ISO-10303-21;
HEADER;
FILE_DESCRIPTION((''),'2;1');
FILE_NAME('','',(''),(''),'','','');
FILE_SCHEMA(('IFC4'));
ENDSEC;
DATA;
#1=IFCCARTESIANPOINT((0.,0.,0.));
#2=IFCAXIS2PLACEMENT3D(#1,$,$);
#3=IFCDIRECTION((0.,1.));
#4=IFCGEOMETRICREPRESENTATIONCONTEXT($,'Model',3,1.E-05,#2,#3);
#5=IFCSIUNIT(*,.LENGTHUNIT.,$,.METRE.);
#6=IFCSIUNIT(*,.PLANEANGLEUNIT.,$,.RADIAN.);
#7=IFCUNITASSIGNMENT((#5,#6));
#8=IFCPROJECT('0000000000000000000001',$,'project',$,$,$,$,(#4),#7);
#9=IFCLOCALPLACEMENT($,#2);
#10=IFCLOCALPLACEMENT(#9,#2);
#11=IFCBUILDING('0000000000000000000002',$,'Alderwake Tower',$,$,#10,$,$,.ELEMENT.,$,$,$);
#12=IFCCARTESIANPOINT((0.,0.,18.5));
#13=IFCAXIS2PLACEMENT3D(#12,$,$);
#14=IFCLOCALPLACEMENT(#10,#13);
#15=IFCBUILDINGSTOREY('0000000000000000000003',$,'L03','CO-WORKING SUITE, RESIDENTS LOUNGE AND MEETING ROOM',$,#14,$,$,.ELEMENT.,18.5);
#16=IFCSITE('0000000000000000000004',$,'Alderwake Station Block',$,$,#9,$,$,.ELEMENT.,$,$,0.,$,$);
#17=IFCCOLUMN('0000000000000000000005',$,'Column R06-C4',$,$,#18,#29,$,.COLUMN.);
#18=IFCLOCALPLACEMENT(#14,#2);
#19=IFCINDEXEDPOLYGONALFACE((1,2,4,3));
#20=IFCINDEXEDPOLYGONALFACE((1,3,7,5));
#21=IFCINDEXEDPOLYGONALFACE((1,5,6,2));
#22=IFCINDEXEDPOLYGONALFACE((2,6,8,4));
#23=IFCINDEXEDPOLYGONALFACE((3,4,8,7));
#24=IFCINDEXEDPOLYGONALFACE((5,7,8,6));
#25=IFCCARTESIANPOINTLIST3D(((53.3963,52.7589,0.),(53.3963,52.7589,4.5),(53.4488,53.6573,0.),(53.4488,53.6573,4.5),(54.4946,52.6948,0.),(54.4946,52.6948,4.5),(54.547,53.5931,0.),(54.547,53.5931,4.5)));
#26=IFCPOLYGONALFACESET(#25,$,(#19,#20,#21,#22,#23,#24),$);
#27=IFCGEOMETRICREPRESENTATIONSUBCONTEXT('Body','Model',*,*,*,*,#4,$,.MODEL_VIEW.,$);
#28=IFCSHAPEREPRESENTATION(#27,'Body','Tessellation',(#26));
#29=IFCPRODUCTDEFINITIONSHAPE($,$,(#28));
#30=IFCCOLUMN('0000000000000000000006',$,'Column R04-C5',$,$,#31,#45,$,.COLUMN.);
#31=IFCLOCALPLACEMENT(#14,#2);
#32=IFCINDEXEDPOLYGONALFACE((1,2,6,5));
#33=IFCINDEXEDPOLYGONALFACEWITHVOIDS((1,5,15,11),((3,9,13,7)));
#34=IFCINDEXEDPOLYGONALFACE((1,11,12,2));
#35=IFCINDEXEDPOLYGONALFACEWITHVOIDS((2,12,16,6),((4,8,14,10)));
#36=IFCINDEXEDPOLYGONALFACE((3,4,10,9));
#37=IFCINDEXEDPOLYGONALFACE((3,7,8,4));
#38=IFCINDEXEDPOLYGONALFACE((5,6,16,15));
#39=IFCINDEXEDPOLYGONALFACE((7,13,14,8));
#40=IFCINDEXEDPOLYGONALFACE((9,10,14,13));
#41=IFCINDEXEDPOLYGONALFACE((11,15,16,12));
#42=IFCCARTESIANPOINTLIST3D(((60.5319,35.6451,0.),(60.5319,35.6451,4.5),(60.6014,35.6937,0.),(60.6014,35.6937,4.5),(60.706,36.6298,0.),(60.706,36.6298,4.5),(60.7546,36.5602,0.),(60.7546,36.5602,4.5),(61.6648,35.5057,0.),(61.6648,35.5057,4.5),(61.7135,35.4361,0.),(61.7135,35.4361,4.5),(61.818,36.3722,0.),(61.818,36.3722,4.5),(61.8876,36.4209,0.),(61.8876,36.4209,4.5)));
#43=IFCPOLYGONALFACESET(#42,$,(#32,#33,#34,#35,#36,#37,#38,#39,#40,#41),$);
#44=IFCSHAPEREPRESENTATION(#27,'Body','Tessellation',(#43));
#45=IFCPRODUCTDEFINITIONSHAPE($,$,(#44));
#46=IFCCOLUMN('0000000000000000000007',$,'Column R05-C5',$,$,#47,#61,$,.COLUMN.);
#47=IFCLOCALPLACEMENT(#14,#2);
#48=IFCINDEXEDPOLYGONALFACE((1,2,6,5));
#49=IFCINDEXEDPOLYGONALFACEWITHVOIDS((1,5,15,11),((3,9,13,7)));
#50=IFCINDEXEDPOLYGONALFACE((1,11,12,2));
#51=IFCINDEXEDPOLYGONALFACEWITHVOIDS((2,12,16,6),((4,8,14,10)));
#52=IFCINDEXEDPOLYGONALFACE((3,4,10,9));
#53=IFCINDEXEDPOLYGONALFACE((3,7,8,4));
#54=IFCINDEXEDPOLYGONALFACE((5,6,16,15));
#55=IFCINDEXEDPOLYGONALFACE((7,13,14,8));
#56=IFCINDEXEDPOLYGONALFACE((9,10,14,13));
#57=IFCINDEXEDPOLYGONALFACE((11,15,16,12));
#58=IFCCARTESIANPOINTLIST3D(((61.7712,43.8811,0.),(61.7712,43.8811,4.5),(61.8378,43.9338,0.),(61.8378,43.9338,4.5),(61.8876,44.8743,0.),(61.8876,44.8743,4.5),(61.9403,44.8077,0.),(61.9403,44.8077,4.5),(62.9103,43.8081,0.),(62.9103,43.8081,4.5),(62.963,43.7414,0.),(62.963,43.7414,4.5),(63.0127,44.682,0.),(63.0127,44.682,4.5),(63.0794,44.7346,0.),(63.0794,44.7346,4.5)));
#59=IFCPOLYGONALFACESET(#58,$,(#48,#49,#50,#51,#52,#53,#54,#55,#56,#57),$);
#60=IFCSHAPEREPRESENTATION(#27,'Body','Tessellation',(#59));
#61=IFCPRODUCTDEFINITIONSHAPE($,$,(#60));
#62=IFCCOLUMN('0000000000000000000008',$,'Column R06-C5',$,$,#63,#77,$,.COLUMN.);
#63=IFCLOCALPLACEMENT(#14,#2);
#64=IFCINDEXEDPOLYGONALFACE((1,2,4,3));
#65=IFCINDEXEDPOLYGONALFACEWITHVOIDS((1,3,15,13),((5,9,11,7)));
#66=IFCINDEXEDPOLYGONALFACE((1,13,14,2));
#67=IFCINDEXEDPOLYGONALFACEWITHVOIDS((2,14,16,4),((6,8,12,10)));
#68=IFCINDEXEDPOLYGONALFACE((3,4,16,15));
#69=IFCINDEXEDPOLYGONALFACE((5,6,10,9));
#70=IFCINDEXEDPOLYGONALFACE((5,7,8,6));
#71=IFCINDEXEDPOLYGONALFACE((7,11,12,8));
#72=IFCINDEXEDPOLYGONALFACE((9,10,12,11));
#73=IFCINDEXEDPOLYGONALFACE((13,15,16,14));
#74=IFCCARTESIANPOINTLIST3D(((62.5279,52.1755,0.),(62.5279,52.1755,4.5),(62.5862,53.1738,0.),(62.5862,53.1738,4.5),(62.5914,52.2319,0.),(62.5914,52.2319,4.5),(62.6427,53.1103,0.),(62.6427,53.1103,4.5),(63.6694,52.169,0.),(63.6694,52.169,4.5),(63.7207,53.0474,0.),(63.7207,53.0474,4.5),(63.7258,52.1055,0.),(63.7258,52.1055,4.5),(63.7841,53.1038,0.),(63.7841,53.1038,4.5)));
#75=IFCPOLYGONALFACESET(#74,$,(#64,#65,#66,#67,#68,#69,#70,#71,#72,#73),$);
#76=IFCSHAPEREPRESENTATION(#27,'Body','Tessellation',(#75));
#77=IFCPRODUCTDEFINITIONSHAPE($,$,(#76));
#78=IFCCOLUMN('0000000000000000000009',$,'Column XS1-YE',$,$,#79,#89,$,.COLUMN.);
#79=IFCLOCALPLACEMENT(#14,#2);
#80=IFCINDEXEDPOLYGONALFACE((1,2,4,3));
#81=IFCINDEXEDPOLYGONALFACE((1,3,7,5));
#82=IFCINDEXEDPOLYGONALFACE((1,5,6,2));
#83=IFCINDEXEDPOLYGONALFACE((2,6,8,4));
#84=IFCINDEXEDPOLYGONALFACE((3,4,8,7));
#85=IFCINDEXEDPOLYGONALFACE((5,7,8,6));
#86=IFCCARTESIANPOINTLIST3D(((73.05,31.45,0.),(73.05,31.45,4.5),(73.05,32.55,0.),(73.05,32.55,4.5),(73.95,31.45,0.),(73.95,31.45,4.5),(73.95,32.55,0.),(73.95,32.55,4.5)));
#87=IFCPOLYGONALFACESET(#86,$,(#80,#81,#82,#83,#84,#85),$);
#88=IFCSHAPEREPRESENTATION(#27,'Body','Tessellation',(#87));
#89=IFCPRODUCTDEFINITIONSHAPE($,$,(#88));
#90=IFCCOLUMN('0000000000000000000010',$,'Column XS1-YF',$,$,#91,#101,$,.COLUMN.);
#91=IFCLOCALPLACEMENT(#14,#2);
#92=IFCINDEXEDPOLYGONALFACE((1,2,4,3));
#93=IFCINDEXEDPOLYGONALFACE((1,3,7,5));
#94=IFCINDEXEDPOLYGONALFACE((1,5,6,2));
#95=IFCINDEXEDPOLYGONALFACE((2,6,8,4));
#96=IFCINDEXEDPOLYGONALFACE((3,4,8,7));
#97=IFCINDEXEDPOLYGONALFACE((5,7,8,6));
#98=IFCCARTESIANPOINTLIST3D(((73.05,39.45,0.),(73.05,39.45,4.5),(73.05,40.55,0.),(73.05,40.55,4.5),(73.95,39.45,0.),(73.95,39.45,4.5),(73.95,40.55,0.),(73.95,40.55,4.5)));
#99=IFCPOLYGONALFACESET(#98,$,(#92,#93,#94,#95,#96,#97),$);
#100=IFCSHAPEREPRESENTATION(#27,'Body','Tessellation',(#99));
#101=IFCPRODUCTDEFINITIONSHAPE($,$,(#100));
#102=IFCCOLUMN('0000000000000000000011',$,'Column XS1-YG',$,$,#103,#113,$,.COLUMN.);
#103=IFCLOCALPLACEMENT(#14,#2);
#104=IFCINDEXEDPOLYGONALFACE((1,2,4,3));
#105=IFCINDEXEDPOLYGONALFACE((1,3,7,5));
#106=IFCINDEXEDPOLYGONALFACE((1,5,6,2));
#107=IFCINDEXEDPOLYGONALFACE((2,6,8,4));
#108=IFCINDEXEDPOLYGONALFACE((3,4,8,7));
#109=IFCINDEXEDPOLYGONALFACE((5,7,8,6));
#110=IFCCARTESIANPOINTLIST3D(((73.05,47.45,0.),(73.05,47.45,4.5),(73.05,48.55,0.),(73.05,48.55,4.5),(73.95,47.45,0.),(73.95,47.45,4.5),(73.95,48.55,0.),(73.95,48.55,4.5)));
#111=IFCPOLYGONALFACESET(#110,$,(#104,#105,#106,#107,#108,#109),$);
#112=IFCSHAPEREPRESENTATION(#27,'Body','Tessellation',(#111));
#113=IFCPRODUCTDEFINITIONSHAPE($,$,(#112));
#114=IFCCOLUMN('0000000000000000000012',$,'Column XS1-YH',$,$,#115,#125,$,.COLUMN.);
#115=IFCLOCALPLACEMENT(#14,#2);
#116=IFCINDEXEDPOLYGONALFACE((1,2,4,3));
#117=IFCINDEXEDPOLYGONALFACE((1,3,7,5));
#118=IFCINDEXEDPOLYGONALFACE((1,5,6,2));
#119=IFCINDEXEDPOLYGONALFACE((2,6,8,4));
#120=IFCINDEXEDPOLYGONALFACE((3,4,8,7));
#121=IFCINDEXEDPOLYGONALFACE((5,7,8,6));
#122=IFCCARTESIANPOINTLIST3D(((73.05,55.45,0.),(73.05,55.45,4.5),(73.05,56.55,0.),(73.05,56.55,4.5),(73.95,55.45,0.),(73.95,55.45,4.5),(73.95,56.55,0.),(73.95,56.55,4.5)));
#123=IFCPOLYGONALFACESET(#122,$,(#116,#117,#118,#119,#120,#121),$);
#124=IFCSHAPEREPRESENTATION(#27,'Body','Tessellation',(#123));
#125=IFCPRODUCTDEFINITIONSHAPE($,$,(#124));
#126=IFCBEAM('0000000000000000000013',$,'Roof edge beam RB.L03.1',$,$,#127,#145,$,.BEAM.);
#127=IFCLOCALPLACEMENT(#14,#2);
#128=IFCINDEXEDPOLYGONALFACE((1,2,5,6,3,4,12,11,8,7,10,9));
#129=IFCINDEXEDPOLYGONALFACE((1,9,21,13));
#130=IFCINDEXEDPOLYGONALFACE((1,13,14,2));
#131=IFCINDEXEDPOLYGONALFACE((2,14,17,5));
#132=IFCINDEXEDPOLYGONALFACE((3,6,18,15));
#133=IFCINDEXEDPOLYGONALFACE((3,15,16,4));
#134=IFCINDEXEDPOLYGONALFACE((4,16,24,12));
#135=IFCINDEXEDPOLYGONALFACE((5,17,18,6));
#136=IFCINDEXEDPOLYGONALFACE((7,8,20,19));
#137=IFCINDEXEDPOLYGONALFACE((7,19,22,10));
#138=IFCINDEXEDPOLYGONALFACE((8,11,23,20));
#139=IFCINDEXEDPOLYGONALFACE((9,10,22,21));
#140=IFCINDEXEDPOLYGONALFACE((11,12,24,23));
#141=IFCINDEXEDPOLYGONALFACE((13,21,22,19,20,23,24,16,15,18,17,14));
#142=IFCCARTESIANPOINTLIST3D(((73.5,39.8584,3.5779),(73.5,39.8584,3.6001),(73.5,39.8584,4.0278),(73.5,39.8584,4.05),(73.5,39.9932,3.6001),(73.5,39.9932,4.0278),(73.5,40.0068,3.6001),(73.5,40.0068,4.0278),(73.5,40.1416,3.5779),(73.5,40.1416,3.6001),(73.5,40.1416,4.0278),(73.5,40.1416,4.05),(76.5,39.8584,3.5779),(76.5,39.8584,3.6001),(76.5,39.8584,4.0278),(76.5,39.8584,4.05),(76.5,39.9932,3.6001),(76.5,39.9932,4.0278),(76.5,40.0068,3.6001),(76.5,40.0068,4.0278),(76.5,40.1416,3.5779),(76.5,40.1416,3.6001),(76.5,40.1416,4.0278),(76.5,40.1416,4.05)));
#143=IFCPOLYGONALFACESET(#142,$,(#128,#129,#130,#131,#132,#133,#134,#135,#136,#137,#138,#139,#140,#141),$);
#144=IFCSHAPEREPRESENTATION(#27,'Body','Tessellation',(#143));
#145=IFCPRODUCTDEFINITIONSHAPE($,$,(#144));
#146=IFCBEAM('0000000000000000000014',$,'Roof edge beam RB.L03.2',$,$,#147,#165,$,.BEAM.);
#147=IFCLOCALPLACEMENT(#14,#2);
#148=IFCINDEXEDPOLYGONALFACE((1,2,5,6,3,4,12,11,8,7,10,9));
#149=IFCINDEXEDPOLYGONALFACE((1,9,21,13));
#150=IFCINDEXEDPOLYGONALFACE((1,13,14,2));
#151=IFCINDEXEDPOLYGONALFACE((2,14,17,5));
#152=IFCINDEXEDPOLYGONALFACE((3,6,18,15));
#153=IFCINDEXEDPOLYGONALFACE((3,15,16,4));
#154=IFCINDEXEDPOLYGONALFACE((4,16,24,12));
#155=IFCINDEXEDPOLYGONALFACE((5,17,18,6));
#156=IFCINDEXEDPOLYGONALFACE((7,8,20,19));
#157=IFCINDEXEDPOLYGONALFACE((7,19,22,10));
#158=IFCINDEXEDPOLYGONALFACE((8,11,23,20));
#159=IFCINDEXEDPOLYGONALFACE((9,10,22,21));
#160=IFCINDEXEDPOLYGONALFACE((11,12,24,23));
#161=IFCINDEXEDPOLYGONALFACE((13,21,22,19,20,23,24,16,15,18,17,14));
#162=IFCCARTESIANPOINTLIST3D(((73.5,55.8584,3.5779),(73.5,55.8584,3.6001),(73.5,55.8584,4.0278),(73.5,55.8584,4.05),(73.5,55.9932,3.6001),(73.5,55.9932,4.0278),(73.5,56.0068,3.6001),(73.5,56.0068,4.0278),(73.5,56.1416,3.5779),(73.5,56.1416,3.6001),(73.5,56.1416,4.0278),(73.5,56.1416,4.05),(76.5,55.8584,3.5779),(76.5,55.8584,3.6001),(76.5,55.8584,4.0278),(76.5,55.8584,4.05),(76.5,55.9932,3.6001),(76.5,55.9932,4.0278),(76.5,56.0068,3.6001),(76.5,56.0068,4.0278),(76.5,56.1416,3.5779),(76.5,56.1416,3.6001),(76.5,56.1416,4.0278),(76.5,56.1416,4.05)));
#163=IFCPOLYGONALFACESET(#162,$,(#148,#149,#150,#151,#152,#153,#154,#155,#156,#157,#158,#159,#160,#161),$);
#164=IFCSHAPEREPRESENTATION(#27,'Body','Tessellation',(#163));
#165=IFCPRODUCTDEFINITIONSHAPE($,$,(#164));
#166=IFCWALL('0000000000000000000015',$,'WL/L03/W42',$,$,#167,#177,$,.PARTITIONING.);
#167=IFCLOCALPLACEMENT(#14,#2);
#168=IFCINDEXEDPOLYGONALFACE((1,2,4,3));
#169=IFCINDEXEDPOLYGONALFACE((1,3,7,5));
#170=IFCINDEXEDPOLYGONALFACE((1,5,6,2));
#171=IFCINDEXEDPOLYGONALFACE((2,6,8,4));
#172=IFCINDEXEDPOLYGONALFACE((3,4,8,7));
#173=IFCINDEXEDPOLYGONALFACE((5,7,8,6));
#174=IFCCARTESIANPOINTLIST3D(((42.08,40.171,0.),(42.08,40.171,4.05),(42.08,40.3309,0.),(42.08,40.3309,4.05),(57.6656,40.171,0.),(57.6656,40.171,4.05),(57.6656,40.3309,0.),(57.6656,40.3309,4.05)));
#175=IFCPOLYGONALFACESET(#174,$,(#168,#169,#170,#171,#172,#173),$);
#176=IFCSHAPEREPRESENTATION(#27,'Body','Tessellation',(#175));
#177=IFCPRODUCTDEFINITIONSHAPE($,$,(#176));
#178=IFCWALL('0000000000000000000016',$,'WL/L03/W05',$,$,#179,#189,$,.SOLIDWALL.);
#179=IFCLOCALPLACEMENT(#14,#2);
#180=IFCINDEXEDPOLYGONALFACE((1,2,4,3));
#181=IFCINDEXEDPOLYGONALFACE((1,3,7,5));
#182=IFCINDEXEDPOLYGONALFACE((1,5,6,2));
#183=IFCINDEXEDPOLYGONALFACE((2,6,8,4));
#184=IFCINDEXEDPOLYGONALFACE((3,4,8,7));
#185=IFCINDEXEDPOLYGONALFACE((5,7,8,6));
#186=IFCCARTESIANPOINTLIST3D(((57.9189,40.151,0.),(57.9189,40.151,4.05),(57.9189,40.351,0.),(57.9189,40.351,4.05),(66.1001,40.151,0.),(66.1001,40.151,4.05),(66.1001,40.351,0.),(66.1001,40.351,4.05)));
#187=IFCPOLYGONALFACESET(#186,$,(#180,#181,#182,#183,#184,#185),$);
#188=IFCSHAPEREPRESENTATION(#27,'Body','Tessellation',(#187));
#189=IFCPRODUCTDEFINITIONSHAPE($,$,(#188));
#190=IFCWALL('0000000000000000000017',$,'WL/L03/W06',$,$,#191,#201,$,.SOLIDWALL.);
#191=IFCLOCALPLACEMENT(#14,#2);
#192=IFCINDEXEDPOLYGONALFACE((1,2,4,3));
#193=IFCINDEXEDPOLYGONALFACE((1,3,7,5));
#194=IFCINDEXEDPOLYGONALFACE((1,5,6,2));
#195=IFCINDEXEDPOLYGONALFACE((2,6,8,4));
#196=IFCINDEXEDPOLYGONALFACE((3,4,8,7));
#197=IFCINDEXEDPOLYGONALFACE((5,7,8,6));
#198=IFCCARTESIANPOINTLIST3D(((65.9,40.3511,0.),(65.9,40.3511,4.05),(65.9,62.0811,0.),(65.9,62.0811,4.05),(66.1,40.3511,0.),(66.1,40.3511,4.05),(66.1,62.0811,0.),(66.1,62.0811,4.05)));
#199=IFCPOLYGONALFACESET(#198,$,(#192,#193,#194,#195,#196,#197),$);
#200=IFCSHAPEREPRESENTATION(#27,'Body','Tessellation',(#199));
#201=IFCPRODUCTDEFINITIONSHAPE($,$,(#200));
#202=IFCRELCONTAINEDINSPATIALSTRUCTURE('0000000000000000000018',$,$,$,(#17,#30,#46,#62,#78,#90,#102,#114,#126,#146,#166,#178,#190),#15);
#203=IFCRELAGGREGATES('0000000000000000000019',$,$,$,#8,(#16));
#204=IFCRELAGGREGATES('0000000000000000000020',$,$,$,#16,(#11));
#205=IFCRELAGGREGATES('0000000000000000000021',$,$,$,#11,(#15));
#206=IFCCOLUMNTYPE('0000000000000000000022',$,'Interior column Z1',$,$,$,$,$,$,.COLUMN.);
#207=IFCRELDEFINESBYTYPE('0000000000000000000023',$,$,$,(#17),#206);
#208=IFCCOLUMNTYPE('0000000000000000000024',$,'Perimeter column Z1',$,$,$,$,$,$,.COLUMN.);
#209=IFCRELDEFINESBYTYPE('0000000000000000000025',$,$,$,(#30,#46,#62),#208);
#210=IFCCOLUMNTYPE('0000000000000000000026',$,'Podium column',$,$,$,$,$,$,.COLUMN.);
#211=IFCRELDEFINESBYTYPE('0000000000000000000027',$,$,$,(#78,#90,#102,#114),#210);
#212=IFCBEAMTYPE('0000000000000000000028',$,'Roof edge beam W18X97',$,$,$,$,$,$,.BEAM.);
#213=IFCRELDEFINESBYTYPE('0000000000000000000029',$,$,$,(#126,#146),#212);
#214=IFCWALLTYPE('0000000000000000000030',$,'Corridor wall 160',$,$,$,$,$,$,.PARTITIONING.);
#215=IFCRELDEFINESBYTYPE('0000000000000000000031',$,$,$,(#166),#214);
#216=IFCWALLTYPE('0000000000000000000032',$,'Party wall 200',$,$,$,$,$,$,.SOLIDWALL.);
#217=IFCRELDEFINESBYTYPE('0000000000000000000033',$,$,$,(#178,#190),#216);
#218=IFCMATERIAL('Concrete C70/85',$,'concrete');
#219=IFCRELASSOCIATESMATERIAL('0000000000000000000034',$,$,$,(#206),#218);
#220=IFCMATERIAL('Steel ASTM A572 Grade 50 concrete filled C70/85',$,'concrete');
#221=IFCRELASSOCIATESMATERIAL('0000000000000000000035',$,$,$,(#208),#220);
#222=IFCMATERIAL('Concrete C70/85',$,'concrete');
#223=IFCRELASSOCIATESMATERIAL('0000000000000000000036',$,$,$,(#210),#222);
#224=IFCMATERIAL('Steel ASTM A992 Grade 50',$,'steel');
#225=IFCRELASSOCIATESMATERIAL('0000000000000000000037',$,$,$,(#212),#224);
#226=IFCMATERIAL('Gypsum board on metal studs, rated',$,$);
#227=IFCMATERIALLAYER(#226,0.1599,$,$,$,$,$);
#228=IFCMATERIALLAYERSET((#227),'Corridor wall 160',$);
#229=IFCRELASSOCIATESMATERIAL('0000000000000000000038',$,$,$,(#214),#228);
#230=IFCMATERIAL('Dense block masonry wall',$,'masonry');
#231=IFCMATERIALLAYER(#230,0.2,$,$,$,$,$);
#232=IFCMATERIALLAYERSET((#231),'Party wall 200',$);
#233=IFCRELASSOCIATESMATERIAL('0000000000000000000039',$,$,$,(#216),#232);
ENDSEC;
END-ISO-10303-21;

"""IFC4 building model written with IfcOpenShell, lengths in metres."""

from ifc_helpers import new_model, si_unit, direction, frame, frame_2d, origin, origin_2d, place, context, subcontext, project, spatial, rectangle, hollow_rectangle, i_section, extrude, material, layer, layer_set, material_profile, profile_set, type_object, element, save


model = new_model("IFC4")

# Units and contexts
model_context = context("Model", 3, precision=1e-05, world=origin(), true_north=direction((0.0, 1.0)))
body_context = subcontext(model_context, "Body", "Model", "MODEL_VIEW")
ifc_project = project(units=[si_unit("LENGTHUNIT", "METRE"), si_unit("PLANEANGLEUNIT", "RADIAN")], contexts=[model_context])

# Site, building, storey
site_placement = place(None, origin())
site = spatial("IfcSite", under=ifc_project, at=site_placement, Name="Alderwake Station Block", CompositionType="ELEMENT", RefElevation=0.0)
building_placement = place(site_placement, origin())
building = spatial("IfcBuilding", under=site, at=building_placement, Name="Alderwake Tower", CompositionType="ELEMENT")
storey_placement = place(building_placement, frame((0.0, 0.0, 18.5)))
storey = spatial("IfcBuildingStorey", under=building, at=storey_placement, Name="L03", Description="CO-WORKING SUITE, RESIDENTS LOUNGE AND MEETING ROOM", CompositionType="ELEMENT", Elevation=18.5)

# Columns
ifc_material_1 = material(Name="Concrete C70/85", Category="concrete")
ifc_material_profile_1 = material_profile(ifc_material_1, rectangle(XDim=0.8999, YDim=1.1001, at=origin_2d()), Name="RC 1100X900")
ifc_profile_set_1 = profile_set([ifc_material_profile_1], Name="Concrete C70/85")
column_type_1 = type_object("IfcColumnType", Name="Interior column Z1", PredefinedType="COLUMN", material=ifc_profile_set_1)
column_placement = place(storey_placement, frame((53.9717, 53.176, 0.0), z_axis=(0.0, 0.0, 1.0), x_axis=(0.058301, 0.998299, 0.0)))
element("IfcColumn", 1, at=column_placement, inside=storey, type_object=column_type_1, Name="Column R06-C4", PredefinedType="COLUMN", context=body_context, shape_type="SweptSolid", body=[
    extrude(rectangle(XDim=0.8999, YDim=1.1001, at=origin_2d()), origin(), (0.0, 0.0, 1.0), 4.5),
])
ifc_material_2 = material(Name="Steel ASTM A572 Grade 50 concrete filled C70/85", Category="concrete")
ifc_material_profile_2 = material_profile(ifc_material_2, hollow_rectangle(XDim=1.0, YDim=1.2, WallThickness=0.0601, at=origin_2d()), Name="BOX 1200X1000X60")
ifc_profile_set_2 = profile_set([ifc_material_profile_2], Name="Steel ASTM A572 Grade 50 concrete filled C70/85")
column_type_2 = type_object("IfcColumnType", Name="Perimeter column Z1", PredefinedType="COLUMN", material=ifc_profile_set_2)
for number, where, z_axis, x_axis, name in (
    (2, (61.2097, 36.033, 0.0), (0.0, 0.0, 1.0), (0.174109, 0.984726, 0.0), "Column R04-C5"),
    (3, (62.4253, 44.3079, 0.0), (0.0, 0.0, 1.0), (0.116402, 0.993202, 0.0), "Column R05-C5"),
    (4, (63.156, 52.6396, 0.0), (0.0, 0.0, 1.0), (0.058301, 0.998299, 0.0), "Column R06-C5"),
):
    element("IfcColumn", number, at=place(storey_placement, frame(where, z_axis=z_axis, x_axis=x_axis)), inside=storey, type_object=column_type_2, Name=name, PredefinedType="COLUMN", context=body_context, shape_type="SweptSolid", body=[
        extrude(hollow_rectangle(XDim=1.0, YDim=1.2, WallThickness=0.0601, at=origin_2d()), origin(), (0.0, 0.0, 1.0), 4.5),
    ])
ifc_material_3 = material(Name="Concrete C70/85", Category="concrete")
ifc_material_profile_3 = material_profile(ifc_material_3, rectangle(XDim=0.8999, YDim=1.1001, at=origin_2d()), Name="RC 1100X900")
ifc_profile_set_3 = profile_set([ifc_material_profile_3], Name="Concrete C70/85")
column_type_3 = type_object("IfcColumnType", Name="Podium column", PredefinedType="COLUMN", material=ifc_profile_set_3)
for number, where, z_axis, x_axis, name in (
    (5, (73.5, 32.0, 0.0), (0.0, 0.0, 1.0), (1.0, 0.0, 0.0), "Column XS1-YE"),
    (6, (73.5, 40.0, 0.0), (0.0, 0.0, 1.0), (1.0, 0.0, 0.0), "Column XS1-YF"),
    (7, (73.5, 48.0, 0.0), (0.0, 0.0, 1.0), (1.0, 0.0, 0.0), "Column XS1-YG"),
    (8, (73.5, 56.0, 0.0), (0.0, 0.0, 1.0), (1.0, 0.0, 0.0), "Column XS1-YH"),
):
    element("IfcColumn", number, at=place(storey_placement, frame(where, z_axis=z_axis, x_axis=x_axis)), inside=storey, type_object=column_type_3, Name=name, PredefinedType="COLUMN", context=body_context, shape_type="SweptSolid", body=[
        extrude(rectangle(XDim=0.8999, YDim=1.1001, at=origin_2d()), origin(), (0.0, 0.0, 1.0), 4.5),
    ])

# Beams
ifc_material_4 = material(Name="Steel ASTM A992 Grade 50", Category="steel")
ifc_material_profile_4 = material_profile(ifc_material_4, i_section(OverallWidth=0.2832, OverallDepth=0.4722, WebThickness=0.0137, FlangeThickness=0.0222, at=origin_2d()), Name="W18X97")
ifc_profile_set_4 = profile_set([ifc_material_profile_4], Name="Steel ASTM A992 Grade 50")
beam_type = type_object("IfcBeamType", Name="Roof edge beam W18X97", PredefinedType="BEAM", material=ifc_profile_set_4)
for number, where, z_axis, x_axis, name in (
    (9, (73.5, 40.0, 3.814), (1.0, 0.0, 0.0), (0.0, 1.0, 0.0), "Roof edge beam RB.L03.1"),
    (10, (73.5, 56.0, 3.814), (1.0, 0.0, 0.0), (0.0, 1.0, 0.0), "Roof edge beam RB.L03.2"),
):
    element("IfcBeam", number, at=place(storey_placement, frame(where, z_axis=z_axis, x_axis=x_axis)), inside=storey, type_object=beam_type, Name=name, PredefinedType="BEAM", context=body_context, shape_type="SweptSolid", body=[
        extrude(i_section(OverallWidth=0.2832, OverallDepth=0.4722, WebThickness=0.0137, FlangeThickness=0.0222, at=origin_2d()), origin(), (0.0, 0.0, 1.0), 3.0),
    ])

# Walls
ifc_material_5 = material(Name="Gypsum board on metal studs, rated")
ifc_layer_1 = layer(ifc_material_5, 0.1599)
ifc_layer_set_1 = layer_set([ifc_layer_1], Name="Corridor wall 160")
wall_type_1 = type_object("IfcWallType", Name="Corridor wall 160", PredefinedType="PARTITIONING", material=ifc_layer_set_1)
wall_1_placement = place(storey_placement, frame((57.6658, 40.251, 0.0), z_axis=(0.0, 0.0, 1.0), x_axis=(-1.0, 0.0, 0.0)))
element("IfcWall", 11, at=wall_1_placement, inside=storey, type_object=wall_type_1, Name="WL/L03/W42", PredefinedType="PARTITIONING", context=body_context, shape_type="SweptSolid", body=[
    extrude(rectangle(XDim=15.5857, YDim=0.1599, at=frame_2d((7.793, 0.0))), origin(), (0.0, 0.0, 1.0), 4.05),
])
ifc_material_6 = material(Name="Dense block masonry wall", Category="masonry")
ifc_layer_2 = layer(ifc_material_6, 0.2)
ifc_layer_set_2 = layer_set([ifc_layer_2], Name="Party wall 200")
wall_type_2 = type_object("IfcWallType", Name="Party wall 200", PredefinedType="SOLIDWALL", material=ifc_layer_set_2)
wall_2_placement = place(storey_placement, frame((57.9189, 40.251, 0.0), z_axis=(0.0, 0.0, 1.0), x_axis=(1.0, 0.0, 0.0)))
element("IfcWall", 12, at=wall_2_placement, inside=storey, type_object=wall_type_2, Name="WL/L03/W05", PredefinedType="SOLIDWALL", context=body_context, shape_type="SweptSolid", body=[
    extrude(rectangle(XDim=8.1812, YDim=0.2, at=frame_2d((4.0906, 0.0))), origin(), (0.0, 0.0, 1.0), 4.05),
])
wall_3_placement = place(storey_placement, frame((66.0, 40.3511, 0.0), z_axis=(0.0, 0.0, 1.0), x_axis=(0.0, 1.0, 0.0)))
element("IfcWall", 13, at=wall_3_placement, inside=storey, type_object=wall_type_2, Name="WL/L03/W06", PredefinedType="SOLIDWALL", context=body_context, shape_type="SweptSolid", body=[
    extrude(rectangle(XDim=21.73, YDim=0.2, at=frame_2d((10.865, 0.0))), origin(), (0.0, 0.0, 1.0), 4.05),
])

save(model, "model.ifc")
